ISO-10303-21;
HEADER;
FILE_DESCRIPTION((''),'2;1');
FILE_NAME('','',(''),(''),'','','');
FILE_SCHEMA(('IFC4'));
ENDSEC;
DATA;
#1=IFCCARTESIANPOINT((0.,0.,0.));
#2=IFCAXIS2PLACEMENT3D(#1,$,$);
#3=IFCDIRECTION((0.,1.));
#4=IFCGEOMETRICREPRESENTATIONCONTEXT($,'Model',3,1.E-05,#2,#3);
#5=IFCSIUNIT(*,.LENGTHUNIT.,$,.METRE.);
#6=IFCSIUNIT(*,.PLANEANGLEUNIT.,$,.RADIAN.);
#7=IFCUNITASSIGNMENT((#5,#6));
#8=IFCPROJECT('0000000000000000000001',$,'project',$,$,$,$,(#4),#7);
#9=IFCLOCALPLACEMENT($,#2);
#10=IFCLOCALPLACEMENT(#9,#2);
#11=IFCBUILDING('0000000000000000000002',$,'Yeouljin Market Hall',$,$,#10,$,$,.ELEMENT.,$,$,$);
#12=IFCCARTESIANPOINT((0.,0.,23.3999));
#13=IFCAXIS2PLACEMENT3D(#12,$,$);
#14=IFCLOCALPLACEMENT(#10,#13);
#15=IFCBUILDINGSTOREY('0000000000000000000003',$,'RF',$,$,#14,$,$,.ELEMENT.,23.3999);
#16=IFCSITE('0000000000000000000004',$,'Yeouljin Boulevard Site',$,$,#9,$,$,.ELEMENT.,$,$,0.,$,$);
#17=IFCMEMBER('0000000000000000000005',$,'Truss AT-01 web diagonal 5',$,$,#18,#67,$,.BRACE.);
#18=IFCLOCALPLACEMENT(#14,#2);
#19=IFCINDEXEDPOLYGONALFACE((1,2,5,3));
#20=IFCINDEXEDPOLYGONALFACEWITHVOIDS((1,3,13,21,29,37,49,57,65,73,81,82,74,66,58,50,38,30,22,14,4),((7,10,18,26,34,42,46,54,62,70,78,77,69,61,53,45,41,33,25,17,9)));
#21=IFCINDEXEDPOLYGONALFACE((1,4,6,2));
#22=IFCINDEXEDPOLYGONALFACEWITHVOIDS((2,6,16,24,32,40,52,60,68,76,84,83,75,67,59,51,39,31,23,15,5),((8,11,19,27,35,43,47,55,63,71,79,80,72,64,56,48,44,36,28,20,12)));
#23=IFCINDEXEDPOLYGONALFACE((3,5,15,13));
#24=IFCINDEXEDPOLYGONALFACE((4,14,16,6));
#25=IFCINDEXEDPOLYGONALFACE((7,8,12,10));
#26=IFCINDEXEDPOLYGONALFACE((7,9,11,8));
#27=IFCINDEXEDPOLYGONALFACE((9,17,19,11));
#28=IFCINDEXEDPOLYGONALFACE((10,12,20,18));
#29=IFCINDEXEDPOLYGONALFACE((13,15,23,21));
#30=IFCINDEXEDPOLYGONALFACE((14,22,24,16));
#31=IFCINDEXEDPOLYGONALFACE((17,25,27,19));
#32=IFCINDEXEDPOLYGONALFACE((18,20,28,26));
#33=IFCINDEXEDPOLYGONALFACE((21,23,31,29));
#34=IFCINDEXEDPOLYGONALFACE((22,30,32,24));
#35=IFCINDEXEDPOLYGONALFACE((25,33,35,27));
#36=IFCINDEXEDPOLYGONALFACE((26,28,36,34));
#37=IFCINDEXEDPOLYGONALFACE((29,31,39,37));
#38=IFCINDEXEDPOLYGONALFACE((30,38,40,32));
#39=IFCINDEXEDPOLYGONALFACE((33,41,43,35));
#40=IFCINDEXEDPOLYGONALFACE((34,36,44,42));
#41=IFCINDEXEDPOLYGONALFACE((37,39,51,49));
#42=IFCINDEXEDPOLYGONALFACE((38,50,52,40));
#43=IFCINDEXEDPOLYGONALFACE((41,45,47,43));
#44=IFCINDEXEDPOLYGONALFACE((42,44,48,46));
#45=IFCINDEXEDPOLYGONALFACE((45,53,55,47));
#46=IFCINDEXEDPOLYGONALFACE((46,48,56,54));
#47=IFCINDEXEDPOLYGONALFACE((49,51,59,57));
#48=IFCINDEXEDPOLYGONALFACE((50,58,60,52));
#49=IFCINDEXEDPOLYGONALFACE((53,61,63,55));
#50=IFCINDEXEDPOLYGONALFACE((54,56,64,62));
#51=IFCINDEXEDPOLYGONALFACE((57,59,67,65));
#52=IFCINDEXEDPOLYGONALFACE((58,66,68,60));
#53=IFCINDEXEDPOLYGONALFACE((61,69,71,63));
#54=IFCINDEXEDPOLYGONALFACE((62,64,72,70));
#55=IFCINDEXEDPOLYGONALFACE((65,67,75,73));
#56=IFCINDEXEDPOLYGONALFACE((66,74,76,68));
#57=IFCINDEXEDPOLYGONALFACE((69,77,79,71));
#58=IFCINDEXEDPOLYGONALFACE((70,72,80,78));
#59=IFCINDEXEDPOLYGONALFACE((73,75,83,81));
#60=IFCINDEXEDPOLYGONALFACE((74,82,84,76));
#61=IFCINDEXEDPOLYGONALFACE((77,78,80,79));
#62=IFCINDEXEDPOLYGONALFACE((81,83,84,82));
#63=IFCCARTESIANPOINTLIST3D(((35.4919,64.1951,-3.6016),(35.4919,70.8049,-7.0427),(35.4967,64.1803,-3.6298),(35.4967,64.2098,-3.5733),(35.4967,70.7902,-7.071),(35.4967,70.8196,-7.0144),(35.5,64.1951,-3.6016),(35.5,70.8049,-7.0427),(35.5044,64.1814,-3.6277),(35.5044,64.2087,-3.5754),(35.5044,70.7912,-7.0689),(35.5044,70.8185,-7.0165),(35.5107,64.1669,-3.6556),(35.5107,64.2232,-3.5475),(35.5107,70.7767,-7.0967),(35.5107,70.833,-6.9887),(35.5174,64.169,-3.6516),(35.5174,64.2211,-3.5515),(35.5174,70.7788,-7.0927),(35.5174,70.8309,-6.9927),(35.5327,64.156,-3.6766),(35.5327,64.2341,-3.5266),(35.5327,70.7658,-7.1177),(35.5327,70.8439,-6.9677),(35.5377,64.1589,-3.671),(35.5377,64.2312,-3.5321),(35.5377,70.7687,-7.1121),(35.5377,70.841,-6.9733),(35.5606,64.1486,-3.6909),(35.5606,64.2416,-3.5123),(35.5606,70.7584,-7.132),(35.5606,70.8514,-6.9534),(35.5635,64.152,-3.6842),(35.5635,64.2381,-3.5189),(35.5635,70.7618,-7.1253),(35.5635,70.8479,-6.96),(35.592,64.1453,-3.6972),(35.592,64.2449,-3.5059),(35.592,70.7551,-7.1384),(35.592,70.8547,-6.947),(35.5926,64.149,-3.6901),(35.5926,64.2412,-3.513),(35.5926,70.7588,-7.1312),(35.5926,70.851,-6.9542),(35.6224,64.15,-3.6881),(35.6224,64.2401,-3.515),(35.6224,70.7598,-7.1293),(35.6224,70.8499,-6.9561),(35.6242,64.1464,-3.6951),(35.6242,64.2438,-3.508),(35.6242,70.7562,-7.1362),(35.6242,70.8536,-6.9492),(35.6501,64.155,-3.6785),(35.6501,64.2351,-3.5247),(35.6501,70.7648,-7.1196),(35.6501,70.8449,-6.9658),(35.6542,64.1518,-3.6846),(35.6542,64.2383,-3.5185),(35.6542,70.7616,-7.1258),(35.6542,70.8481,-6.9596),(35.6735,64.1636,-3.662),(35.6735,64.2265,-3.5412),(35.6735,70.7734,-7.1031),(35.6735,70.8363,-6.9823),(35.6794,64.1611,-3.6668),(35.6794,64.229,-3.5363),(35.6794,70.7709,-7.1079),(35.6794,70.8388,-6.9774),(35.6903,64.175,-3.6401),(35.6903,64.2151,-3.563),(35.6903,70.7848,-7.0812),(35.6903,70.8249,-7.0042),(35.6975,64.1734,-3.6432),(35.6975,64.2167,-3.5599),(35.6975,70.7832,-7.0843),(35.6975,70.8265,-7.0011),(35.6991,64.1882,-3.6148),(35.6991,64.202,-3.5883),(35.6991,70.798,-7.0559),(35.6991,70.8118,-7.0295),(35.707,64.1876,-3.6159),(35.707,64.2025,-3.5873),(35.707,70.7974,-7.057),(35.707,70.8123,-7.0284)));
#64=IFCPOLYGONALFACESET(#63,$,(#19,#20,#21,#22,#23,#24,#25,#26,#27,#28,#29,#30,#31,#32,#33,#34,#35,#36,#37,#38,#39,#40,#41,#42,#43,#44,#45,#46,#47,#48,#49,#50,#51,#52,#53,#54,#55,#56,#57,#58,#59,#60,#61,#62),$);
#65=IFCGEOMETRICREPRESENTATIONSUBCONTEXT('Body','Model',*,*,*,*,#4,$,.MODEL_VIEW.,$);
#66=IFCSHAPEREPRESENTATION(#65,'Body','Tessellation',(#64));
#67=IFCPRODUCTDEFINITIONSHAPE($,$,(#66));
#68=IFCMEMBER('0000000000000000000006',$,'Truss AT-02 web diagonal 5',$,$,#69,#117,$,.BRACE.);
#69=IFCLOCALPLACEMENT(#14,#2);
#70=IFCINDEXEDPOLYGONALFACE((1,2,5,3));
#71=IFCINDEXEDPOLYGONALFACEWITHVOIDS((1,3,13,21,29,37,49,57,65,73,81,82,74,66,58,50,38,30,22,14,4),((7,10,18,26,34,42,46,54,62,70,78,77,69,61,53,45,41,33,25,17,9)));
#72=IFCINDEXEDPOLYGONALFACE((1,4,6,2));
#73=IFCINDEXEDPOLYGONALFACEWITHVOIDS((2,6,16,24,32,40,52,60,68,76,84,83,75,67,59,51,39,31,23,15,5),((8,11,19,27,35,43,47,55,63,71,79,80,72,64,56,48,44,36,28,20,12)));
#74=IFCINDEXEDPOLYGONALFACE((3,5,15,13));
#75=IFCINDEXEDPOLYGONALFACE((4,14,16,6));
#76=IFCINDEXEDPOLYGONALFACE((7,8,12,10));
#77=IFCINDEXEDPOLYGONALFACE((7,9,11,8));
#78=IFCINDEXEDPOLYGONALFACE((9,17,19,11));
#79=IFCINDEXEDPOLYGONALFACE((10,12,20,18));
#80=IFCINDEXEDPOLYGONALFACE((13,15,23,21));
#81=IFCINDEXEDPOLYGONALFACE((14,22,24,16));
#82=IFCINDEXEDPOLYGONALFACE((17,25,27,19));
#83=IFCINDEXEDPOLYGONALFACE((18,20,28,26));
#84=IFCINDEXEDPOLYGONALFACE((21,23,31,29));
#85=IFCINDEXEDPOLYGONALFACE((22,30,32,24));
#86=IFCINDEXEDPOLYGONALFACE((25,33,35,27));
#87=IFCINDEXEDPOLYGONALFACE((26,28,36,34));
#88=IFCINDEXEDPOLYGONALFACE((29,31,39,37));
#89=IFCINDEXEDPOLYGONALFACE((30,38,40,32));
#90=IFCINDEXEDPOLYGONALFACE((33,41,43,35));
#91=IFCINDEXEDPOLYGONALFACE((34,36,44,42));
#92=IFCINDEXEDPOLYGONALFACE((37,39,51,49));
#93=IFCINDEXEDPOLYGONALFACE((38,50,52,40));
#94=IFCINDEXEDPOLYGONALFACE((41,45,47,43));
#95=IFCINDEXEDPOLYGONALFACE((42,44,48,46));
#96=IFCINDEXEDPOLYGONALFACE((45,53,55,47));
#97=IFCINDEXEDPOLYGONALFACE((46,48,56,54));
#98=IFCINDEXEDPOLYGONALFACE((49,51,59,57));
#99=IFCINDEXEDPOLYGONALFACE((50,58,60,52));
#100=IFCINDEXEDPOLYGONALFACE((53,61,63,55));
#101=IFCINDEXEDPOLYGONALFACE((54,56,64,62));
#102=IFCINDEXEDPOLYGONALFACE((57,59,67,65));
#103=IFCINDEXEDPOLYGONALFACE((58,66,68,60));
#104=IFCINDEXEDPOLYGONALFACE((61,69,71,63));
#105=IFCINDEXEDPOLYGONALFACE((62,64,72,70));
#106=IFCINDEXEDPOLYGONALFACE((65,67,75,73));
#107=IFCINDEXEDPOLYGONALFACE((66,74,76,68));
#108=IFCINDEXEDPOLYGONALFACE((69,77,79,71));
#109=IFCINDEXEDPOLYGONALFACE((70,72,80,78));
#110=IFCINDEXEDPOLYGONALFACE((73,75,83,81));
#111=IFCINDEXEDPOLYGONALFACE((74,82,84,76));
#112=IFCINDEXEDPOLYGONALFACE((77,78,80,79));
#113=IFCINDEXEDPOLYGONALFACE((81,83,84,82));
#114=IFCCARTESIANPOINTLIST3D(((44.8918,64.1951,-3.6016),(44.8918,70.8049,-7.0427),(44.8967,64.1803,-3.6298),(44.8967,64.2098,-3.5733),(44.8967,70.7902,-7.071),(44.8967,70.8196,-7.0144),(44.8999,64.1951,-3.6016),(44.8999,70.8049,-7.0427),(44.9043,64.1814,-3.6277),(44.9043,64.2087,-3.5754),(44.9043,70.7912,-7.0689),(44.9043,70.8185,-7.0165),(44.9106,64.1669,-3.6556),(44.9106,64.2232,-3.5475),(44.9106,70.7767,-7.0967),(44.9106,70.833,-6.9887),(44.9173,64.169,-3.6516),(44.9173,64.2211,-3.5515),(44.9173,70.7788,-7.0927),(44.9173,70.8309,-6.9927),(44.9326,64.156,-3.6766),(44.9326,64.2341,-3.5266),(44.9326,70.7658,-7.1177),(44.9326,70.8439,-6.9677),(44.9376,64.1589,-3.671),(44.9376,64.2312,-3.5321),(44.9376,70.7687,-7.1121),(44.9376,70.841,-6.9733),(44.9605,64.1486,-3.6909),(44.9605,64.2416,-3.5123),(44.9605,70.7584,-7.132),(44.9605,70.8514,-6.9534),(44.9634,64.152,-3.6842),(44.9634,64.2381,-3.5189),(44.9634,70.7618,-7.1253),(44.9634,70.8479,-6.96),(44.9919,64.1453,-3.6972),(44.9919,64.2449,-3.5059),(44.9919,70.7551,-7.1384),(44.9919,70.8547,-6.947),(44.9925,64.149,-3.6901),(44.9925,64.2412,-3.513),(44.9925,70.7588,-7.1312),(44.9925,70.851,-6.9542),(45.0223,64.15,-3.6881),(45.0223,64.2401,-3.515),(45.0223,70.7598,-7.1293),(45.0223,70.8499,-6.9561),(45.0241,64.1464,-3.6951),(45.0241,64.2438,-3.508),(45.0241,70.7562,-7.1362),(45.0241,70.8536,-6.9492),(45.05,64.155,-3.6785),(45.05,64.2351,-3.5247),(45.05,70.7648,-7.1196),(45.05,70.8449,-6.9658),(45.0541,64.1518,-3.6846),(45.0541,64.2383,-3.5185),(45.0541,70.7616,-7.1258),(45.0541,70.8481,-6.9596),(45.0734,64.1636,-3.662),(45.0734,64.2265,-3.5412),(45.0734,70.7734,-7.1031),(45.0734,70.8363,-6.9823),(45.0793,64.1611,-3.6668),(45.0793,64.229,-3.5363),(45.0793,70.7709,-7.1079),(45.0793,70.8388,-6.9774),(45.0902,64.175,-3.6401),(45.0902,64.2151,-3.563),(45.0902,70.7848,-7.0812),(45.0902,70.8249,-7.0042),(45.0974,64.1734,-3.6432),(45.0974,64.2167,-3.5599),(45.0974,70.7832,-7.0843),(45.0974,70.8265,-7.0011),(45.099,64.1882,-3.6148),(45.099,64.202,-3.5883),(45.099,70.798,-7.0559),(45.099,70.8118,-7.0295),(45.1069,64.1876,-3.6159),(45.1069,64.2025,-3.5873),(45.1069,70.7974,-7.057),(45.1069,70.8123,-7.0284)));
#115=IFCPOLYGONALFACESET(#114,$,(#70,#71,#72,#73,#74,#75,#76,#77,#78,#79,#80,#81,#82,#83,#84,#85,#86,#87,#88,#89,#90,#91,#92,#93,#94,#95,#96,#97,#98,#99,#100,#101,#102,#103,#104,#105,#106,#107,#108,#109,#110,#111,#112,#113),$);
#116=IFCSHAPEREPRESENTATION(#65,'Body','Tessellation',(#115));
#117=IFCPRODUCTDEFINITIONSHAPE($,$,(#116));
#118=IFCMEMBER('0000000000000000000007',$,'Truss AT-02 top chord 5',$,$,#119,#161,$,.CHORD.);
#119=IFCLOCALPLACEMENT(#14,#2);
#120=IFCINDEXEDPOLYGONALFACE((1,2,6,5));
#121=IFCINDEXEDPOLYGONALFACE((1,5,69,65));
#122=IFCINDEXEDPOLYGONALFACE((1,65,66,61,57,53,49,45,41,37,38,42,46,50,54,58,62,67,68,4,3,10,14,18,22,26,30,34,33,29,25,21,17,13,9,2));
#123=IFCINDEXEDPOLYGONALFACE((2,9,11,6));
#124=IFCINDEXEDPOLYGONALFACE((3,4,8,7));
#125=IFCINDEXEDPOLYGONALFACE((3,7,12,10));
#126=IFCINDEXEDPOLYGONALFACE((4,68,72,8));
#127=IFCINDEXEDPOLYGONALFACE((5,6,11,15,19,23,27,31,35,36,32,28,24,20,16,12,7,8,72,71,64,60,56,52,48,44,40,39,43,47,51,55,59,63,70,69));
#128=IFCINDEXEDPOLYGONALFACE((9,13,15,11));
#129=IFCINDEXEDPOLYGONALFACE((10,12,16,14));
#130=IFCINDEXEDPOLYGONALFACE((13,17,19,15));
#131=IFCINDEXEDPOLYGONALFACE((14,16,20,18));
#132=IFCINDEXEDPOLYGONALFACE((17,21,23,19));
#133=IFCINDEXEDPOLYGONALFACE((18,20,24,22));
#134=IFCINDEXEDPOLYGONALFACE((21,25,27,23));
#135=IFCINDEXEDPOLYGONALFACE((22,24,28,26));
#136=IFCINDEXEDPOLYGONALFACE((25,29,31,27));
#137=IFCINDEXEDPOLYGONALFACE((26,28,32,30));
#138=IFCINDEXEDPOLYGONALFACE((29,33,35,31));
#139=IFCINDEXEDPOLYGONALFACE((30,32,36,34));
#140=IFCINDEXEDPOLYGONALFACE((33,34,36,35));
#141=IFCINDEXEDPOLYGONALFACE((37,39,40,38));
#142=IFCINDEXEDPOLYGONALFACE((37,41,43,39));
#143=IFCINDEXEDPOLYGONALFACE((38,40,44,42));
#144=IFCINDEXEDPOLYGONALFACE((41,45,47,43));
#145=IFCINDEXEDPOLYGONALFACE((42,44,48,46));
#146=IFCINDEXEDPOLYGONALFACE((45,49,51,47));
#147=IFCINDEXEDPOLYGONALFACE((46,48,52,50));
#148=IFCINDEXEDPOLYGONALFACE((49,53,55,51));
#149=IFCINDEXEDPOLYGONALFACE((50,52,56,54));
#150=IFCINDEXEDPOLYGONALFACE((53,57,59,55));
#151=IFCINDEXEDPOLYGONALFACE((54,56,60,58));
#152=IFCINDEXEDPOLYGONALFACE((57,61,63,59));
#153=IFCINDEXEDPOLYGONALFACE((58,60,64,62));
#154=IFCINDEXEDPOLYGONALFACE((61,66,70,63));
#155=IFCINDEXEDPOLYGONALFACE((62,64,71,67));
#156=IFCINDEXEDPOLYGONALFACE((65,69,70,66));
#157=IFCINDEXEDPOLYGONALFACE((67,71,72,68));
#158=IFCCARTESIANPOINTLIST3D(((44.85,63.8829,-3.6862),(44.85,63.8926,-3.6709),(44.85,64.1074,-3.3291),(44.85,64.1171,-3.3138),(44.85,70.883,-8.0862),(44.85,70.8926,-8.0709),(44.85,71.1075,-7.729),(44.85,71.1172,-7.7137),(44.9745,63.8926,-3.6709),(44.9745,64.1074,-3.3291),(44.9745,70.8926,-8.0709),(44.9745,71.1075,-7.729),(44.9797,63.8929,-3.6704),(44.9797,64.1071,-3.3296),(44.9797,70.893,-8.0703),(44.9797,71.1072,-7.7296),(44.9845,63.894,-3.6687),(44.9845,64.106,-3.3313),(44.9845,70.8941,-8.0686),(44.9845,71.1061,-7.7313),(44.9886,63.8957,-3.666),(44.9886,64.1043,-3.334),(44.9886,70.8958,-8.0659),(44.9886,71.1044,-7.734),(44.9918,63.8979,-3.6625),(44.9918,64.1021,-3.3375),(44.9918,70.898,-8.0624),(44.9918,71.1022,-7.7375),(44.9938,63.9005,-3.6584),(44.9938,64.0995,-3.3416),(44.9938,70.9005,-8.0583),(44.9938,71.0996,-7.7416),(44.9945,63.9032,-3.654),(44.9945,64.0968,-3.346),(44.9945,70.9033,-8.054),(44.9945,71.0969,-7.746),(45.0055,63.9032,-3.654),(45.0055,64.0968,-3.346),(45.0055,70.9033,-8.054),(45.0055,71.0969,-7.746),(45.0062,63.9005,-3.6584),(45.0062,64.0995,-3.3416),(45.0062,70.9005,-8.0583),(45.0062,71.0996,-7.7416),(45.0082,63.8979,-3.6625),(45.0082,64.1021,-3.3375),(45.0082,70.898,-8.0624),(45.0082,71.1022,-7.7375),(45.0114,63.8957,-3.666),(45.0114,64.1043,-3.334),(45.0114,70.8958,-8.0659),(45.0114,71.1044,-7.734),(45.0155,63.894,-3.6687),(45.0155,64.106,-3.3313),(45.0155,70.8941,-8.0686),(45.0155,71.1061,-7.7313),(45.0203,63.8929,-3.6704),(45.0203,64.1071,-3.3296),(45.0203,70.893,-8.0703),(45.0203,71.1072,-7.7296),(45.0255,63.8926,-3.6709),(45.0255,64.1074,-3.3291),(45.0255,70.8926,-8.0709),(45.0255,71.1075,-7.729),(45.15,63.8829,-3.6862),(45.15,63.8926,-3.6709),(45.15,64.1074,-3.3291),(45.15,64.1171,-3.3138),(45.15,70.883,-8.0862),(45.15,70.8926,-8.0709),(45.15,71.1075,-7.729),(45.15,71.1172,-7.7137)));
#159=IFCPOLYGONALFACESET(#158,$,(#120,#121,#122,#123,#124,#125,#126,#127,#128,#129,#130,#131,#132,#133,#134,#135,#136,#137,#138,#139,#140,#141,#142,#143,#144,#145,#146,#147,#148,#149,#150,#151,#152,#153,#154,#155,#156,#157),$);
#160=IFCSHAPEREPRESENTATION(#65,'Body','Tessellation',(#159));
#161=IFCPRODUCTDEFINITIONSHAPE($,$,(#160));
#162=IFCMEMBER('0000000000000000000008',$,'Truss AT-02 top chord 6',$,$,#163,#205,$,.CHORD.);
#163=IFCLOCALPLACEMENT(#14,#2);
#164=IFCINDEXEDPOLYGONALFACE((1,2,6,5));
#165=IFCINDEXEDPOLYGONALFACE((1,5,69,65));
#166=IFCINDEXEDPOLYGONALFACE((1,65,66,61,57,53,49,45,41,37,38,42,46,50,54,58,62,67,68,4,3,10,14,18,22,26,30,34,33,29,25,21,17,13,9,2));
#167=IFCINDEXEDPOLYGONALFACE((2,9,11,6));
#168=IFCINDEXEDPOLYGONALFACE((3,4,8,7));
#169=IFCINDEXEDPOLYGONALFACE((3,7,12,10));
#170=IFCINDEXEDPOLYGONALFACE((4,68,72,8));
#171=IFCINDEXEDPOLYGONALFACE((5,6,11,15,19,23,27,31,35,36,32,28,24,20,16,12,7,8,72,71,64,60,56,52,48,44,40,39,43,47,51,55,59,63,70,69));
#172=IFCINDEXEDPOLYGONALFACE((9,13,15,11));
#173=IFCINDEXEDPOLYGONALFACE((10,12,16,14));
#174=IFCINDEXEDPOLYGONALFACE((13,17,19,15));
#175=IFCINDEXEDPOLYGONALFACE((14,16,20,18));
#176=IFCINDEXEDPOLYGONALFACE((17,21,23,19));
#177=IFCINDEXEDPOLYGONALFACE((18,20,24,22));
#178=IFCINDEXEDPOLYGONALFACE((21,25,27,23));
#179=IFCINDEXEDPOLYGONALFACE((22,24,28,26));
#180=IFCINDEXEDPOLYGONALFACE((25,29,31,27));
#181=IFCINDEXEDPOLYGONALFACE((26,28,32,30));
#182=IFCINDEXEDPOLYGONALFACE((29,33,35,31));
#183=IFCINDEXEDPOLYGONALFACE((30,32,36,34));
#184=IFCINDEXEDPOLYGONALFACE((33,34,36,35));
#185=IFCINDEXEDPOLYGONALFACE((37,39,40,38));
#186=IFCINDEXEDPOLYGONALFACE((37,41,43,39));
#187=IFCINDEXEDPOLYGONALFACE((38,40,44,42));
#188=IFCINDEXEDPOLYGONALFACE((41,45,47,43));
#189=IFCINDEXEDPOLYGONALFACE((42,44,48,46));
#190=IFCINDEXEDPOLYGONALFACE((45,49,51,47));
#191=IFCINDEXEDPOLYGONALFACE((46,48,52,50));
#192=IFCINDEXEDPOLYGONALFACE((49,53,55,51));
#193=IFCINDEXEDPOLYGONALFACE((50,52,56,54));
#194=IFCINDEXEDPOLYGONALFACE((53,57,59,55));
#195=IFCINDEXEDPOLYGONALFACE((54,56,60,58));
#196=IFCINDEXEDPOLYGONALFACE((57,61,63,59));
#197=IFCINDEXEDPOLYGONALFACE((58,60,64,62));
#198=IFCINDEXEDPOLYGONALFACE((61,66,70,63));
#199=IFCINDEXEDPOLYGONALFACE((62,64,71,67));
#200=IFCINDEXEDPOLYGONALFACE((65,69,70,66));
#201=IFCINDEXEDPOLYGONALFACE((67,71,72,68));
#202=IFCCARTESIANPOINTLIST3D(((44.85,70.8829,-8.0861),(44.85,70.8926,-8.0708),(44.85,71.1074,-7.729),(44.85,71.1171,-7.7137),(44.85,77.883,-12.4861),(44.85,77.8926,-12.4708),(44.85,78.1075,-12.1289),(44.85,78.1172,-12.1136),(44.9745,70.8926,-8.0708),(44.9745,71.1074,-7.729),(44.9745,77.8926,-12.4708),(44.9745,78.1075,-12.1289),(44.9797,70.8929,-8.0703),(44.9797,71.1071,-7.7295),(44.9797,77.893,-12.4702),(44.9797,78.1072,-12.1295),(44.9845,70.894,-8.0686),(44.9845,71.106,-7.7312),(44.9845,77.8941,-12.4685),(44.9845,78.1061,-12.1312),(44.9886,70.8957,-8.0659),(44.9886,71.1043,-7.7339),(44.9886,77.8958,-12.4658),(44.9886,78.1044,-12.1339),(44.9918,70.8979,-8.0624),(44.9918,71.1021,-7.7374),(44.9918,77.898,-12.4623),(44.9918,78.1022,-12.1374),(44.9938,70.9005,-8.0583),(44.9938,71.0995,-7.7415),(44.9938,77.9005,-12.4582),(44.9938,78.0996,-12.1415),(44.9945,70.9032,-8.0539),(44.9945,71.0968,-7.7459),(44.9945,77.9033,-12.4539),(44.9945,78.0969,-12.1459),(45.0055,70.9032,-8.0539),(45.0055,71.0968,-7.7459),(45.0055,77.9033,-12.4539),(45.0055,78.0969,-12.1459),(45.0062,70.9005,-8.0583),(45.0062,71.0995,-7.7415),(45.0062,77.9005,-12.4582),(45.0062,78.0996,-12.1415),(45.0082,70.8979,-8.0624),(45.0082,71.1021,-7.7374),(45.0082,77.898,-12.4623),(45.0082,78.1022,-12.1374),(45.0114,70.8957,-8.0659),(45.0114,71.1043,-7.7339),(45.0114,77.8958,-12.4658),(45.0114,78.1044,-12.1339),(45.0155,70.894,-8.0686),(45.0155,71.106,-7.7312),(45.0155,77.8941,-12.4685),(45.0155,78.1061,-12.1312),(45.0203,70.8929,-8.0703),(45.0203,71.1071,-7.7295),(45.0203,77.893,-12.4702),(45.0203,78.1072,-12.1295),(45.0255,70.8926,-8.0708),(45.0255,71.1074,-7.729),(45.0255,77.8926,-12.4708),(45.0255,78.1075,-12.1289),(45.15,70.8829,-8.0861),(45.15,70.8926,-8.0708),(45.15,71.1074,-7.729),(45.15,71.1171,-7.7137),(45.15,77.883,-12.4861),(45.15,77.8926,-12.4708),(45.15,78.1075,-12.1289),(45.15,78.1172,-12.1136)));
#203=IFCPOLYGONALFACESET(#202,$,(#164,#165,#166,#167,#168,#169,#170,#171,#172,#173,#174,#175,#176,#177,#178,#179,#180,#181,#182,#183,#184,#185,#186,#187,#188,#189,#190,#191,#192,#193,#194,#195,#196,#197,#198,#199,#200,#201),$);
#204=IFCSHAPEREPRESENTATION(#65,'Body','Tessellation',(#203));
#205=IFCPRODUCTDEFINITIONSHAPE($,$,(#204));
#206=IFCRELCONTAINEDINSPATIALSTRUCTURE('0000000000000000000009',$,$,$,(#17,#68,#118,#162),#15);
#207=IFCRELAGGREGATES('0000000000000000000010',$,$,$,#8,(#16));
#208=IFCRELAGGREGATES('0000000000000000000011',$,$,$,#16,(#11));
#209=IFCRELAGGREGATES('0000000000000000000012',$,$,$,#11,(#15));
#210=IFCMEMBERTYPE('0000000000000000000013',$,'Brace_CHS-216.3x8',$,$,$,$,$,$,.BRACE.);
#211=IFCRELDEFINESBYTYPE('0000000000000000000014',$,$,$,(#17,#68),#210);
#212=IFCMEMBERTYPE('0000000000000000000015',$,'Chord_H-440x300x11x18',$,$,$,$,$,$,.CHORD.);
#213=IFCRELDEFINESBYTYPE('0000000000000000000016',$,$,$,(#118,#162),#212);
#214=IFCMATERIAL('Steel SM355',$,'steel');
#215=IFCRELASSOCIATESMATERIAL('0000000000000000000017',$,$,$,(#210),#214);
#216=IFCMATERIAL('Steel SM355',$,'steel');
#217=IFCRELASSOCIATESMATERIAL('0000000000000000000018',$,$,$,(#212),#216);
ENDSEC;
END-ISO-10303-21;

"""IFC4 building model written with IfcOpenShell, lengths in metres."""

from ifc_helpers import new_model, si_unit, direction, frame, origin, origin_2d, place, context, subcontext, project, spatial, hollow_circle, i_section, extrude, material, material_profile, profile_set, type_object, element, save


model = new_model("IFC4")

# Units and contexts
model_context = context("Model", 3, precision=1e-05, world=origin(), true_north=direction((0.0, 1.0)))
body_context = subcontext(model_context, "Body", "Model", "MODEL_VIEW")
ifc_project = project(units=[si_unit("LENGTHUNIT", "METRE"), si_unit("PLANEANGLEUNIT", "RADIAN")], contexts=[model_context])

# Site, building, storey
site_placement = place(None, origin())
site = spatial("IfcSite", under=ifc_project, at=site_placement, Name="Yeouljin Boulevard Site", CompositionType="ELEMENT", RefElevation=0.0)
building_placement = place(site_placement, origin())
building = spatial("IfcBuilding", under=site, at=building_placement, Name="Yeouljin Market Hall", CompositionType="ELEMENT")
storey_placement = place(building_placement, frame((0.0, 0.0, 23.3999)))
storey = spatial("IfcBuildingStorey", under=building, at=storey_placement, Name="RF", CompositionType="ELEMENT", Elevation=23.3999)

# Members
ifc_material_1 = material(Name="Steel SM355", Category="steel")
ifc_material_profile_1 = material_profile(ifc_material_1, hollow_circle(Radius=0.1082, WallThickness=0.0081, at=origin_2d()), Name="CHS-216.3x8")
ifc_profile_set_1 = profile_set([ifc_material_profile_1], Name="Steel SM355")
member_type_1 = type_object("IfcMemberType", Name="Brace_CHS-216.3x8", PredefinedType="BRACE", material=ifc_profile_set_1)
for number, where, z_axis, x_axis, name in (
    (1, (35.6001, 64.1951, -3.6016), (0.0, 0.886995, -0.461779), (-1.0, 0.0, 0.0), "Truss AT-01 web diagonal 5"),
    (2, (45.0, 64.1951, -3.6016), (0.0, 0.886995, -0.461779), (-1.0, 0.0, 0.0), "Truss AT-02 web diagonal 5"),
):
    element("IfcMember", number, at=place(storey_placement, frame(where, z_axis=z_axis, x_axis=x_axis)), inside=storey, type_object=member_type_1, Name=name, PredefinedType="BRACE", context=body_context, shape_type="SweptSolid", body=[
        extrude(hollow_circle(Radius=0.1082, WallThickness=0.0081, at=origin_2d()), origin(), (0.0, 0.0, 1.0), 7.4519),
    ])
ifc_material_2 = material(Name="Steel SM355", Category="steel")
ifc_material_profile_2 = material_profile(ifc_material_2, i_section(OverallWidth=0.3, OverallDepth=0.4399, WebThickness=0.011, FlangeThickness=0.0181, FilletRadius=0.02, at=origin_2d()), Name="H-440x300x11x18")
ifc_profile_set_2 = profile_set([ifc_material_profile_2], Name="Steel SM355")
member_type_2 = type_object("IfcMemberType", Name="Chord_H-440x300x11x18", PredefinedType="CHORD", material=ifc_profile_set_2)
for number, where, z_axis, x_axis, name in (
    (3, (45.0, 64.0, -3.5), (0.0, 0.846642, -0.532163), (-1.0, 0.0, 0.0), "Truss AT-02 top chord 5"),
    (4, (45.0, 71.0, -7.8999), (0.0, 0.846642, -0.532163), (-1.0, 0.0, 0.0), "Truss AT-02 top chord 6"),
):
    element("IfcMember", number, at=place(storey_placement, frame(where, z_axis=z_axis, x_axis=x_axis)), inside=storey, type_object=member_type_2, Name=name, PredefinedType="CHORD", context=body_context, shape_type="SweptSolid", body=[
        extrude(i_section(OverallWidth=0.3, OverallDepth=0.4399, WebThickness=0.011, FlangeThickness=0.0181, FilletRadius=0.02, at=origin_2d()), origin(), (0.0, 0.0, 1.0), 8.2681),
    ])

save(model, "model.ifc")
